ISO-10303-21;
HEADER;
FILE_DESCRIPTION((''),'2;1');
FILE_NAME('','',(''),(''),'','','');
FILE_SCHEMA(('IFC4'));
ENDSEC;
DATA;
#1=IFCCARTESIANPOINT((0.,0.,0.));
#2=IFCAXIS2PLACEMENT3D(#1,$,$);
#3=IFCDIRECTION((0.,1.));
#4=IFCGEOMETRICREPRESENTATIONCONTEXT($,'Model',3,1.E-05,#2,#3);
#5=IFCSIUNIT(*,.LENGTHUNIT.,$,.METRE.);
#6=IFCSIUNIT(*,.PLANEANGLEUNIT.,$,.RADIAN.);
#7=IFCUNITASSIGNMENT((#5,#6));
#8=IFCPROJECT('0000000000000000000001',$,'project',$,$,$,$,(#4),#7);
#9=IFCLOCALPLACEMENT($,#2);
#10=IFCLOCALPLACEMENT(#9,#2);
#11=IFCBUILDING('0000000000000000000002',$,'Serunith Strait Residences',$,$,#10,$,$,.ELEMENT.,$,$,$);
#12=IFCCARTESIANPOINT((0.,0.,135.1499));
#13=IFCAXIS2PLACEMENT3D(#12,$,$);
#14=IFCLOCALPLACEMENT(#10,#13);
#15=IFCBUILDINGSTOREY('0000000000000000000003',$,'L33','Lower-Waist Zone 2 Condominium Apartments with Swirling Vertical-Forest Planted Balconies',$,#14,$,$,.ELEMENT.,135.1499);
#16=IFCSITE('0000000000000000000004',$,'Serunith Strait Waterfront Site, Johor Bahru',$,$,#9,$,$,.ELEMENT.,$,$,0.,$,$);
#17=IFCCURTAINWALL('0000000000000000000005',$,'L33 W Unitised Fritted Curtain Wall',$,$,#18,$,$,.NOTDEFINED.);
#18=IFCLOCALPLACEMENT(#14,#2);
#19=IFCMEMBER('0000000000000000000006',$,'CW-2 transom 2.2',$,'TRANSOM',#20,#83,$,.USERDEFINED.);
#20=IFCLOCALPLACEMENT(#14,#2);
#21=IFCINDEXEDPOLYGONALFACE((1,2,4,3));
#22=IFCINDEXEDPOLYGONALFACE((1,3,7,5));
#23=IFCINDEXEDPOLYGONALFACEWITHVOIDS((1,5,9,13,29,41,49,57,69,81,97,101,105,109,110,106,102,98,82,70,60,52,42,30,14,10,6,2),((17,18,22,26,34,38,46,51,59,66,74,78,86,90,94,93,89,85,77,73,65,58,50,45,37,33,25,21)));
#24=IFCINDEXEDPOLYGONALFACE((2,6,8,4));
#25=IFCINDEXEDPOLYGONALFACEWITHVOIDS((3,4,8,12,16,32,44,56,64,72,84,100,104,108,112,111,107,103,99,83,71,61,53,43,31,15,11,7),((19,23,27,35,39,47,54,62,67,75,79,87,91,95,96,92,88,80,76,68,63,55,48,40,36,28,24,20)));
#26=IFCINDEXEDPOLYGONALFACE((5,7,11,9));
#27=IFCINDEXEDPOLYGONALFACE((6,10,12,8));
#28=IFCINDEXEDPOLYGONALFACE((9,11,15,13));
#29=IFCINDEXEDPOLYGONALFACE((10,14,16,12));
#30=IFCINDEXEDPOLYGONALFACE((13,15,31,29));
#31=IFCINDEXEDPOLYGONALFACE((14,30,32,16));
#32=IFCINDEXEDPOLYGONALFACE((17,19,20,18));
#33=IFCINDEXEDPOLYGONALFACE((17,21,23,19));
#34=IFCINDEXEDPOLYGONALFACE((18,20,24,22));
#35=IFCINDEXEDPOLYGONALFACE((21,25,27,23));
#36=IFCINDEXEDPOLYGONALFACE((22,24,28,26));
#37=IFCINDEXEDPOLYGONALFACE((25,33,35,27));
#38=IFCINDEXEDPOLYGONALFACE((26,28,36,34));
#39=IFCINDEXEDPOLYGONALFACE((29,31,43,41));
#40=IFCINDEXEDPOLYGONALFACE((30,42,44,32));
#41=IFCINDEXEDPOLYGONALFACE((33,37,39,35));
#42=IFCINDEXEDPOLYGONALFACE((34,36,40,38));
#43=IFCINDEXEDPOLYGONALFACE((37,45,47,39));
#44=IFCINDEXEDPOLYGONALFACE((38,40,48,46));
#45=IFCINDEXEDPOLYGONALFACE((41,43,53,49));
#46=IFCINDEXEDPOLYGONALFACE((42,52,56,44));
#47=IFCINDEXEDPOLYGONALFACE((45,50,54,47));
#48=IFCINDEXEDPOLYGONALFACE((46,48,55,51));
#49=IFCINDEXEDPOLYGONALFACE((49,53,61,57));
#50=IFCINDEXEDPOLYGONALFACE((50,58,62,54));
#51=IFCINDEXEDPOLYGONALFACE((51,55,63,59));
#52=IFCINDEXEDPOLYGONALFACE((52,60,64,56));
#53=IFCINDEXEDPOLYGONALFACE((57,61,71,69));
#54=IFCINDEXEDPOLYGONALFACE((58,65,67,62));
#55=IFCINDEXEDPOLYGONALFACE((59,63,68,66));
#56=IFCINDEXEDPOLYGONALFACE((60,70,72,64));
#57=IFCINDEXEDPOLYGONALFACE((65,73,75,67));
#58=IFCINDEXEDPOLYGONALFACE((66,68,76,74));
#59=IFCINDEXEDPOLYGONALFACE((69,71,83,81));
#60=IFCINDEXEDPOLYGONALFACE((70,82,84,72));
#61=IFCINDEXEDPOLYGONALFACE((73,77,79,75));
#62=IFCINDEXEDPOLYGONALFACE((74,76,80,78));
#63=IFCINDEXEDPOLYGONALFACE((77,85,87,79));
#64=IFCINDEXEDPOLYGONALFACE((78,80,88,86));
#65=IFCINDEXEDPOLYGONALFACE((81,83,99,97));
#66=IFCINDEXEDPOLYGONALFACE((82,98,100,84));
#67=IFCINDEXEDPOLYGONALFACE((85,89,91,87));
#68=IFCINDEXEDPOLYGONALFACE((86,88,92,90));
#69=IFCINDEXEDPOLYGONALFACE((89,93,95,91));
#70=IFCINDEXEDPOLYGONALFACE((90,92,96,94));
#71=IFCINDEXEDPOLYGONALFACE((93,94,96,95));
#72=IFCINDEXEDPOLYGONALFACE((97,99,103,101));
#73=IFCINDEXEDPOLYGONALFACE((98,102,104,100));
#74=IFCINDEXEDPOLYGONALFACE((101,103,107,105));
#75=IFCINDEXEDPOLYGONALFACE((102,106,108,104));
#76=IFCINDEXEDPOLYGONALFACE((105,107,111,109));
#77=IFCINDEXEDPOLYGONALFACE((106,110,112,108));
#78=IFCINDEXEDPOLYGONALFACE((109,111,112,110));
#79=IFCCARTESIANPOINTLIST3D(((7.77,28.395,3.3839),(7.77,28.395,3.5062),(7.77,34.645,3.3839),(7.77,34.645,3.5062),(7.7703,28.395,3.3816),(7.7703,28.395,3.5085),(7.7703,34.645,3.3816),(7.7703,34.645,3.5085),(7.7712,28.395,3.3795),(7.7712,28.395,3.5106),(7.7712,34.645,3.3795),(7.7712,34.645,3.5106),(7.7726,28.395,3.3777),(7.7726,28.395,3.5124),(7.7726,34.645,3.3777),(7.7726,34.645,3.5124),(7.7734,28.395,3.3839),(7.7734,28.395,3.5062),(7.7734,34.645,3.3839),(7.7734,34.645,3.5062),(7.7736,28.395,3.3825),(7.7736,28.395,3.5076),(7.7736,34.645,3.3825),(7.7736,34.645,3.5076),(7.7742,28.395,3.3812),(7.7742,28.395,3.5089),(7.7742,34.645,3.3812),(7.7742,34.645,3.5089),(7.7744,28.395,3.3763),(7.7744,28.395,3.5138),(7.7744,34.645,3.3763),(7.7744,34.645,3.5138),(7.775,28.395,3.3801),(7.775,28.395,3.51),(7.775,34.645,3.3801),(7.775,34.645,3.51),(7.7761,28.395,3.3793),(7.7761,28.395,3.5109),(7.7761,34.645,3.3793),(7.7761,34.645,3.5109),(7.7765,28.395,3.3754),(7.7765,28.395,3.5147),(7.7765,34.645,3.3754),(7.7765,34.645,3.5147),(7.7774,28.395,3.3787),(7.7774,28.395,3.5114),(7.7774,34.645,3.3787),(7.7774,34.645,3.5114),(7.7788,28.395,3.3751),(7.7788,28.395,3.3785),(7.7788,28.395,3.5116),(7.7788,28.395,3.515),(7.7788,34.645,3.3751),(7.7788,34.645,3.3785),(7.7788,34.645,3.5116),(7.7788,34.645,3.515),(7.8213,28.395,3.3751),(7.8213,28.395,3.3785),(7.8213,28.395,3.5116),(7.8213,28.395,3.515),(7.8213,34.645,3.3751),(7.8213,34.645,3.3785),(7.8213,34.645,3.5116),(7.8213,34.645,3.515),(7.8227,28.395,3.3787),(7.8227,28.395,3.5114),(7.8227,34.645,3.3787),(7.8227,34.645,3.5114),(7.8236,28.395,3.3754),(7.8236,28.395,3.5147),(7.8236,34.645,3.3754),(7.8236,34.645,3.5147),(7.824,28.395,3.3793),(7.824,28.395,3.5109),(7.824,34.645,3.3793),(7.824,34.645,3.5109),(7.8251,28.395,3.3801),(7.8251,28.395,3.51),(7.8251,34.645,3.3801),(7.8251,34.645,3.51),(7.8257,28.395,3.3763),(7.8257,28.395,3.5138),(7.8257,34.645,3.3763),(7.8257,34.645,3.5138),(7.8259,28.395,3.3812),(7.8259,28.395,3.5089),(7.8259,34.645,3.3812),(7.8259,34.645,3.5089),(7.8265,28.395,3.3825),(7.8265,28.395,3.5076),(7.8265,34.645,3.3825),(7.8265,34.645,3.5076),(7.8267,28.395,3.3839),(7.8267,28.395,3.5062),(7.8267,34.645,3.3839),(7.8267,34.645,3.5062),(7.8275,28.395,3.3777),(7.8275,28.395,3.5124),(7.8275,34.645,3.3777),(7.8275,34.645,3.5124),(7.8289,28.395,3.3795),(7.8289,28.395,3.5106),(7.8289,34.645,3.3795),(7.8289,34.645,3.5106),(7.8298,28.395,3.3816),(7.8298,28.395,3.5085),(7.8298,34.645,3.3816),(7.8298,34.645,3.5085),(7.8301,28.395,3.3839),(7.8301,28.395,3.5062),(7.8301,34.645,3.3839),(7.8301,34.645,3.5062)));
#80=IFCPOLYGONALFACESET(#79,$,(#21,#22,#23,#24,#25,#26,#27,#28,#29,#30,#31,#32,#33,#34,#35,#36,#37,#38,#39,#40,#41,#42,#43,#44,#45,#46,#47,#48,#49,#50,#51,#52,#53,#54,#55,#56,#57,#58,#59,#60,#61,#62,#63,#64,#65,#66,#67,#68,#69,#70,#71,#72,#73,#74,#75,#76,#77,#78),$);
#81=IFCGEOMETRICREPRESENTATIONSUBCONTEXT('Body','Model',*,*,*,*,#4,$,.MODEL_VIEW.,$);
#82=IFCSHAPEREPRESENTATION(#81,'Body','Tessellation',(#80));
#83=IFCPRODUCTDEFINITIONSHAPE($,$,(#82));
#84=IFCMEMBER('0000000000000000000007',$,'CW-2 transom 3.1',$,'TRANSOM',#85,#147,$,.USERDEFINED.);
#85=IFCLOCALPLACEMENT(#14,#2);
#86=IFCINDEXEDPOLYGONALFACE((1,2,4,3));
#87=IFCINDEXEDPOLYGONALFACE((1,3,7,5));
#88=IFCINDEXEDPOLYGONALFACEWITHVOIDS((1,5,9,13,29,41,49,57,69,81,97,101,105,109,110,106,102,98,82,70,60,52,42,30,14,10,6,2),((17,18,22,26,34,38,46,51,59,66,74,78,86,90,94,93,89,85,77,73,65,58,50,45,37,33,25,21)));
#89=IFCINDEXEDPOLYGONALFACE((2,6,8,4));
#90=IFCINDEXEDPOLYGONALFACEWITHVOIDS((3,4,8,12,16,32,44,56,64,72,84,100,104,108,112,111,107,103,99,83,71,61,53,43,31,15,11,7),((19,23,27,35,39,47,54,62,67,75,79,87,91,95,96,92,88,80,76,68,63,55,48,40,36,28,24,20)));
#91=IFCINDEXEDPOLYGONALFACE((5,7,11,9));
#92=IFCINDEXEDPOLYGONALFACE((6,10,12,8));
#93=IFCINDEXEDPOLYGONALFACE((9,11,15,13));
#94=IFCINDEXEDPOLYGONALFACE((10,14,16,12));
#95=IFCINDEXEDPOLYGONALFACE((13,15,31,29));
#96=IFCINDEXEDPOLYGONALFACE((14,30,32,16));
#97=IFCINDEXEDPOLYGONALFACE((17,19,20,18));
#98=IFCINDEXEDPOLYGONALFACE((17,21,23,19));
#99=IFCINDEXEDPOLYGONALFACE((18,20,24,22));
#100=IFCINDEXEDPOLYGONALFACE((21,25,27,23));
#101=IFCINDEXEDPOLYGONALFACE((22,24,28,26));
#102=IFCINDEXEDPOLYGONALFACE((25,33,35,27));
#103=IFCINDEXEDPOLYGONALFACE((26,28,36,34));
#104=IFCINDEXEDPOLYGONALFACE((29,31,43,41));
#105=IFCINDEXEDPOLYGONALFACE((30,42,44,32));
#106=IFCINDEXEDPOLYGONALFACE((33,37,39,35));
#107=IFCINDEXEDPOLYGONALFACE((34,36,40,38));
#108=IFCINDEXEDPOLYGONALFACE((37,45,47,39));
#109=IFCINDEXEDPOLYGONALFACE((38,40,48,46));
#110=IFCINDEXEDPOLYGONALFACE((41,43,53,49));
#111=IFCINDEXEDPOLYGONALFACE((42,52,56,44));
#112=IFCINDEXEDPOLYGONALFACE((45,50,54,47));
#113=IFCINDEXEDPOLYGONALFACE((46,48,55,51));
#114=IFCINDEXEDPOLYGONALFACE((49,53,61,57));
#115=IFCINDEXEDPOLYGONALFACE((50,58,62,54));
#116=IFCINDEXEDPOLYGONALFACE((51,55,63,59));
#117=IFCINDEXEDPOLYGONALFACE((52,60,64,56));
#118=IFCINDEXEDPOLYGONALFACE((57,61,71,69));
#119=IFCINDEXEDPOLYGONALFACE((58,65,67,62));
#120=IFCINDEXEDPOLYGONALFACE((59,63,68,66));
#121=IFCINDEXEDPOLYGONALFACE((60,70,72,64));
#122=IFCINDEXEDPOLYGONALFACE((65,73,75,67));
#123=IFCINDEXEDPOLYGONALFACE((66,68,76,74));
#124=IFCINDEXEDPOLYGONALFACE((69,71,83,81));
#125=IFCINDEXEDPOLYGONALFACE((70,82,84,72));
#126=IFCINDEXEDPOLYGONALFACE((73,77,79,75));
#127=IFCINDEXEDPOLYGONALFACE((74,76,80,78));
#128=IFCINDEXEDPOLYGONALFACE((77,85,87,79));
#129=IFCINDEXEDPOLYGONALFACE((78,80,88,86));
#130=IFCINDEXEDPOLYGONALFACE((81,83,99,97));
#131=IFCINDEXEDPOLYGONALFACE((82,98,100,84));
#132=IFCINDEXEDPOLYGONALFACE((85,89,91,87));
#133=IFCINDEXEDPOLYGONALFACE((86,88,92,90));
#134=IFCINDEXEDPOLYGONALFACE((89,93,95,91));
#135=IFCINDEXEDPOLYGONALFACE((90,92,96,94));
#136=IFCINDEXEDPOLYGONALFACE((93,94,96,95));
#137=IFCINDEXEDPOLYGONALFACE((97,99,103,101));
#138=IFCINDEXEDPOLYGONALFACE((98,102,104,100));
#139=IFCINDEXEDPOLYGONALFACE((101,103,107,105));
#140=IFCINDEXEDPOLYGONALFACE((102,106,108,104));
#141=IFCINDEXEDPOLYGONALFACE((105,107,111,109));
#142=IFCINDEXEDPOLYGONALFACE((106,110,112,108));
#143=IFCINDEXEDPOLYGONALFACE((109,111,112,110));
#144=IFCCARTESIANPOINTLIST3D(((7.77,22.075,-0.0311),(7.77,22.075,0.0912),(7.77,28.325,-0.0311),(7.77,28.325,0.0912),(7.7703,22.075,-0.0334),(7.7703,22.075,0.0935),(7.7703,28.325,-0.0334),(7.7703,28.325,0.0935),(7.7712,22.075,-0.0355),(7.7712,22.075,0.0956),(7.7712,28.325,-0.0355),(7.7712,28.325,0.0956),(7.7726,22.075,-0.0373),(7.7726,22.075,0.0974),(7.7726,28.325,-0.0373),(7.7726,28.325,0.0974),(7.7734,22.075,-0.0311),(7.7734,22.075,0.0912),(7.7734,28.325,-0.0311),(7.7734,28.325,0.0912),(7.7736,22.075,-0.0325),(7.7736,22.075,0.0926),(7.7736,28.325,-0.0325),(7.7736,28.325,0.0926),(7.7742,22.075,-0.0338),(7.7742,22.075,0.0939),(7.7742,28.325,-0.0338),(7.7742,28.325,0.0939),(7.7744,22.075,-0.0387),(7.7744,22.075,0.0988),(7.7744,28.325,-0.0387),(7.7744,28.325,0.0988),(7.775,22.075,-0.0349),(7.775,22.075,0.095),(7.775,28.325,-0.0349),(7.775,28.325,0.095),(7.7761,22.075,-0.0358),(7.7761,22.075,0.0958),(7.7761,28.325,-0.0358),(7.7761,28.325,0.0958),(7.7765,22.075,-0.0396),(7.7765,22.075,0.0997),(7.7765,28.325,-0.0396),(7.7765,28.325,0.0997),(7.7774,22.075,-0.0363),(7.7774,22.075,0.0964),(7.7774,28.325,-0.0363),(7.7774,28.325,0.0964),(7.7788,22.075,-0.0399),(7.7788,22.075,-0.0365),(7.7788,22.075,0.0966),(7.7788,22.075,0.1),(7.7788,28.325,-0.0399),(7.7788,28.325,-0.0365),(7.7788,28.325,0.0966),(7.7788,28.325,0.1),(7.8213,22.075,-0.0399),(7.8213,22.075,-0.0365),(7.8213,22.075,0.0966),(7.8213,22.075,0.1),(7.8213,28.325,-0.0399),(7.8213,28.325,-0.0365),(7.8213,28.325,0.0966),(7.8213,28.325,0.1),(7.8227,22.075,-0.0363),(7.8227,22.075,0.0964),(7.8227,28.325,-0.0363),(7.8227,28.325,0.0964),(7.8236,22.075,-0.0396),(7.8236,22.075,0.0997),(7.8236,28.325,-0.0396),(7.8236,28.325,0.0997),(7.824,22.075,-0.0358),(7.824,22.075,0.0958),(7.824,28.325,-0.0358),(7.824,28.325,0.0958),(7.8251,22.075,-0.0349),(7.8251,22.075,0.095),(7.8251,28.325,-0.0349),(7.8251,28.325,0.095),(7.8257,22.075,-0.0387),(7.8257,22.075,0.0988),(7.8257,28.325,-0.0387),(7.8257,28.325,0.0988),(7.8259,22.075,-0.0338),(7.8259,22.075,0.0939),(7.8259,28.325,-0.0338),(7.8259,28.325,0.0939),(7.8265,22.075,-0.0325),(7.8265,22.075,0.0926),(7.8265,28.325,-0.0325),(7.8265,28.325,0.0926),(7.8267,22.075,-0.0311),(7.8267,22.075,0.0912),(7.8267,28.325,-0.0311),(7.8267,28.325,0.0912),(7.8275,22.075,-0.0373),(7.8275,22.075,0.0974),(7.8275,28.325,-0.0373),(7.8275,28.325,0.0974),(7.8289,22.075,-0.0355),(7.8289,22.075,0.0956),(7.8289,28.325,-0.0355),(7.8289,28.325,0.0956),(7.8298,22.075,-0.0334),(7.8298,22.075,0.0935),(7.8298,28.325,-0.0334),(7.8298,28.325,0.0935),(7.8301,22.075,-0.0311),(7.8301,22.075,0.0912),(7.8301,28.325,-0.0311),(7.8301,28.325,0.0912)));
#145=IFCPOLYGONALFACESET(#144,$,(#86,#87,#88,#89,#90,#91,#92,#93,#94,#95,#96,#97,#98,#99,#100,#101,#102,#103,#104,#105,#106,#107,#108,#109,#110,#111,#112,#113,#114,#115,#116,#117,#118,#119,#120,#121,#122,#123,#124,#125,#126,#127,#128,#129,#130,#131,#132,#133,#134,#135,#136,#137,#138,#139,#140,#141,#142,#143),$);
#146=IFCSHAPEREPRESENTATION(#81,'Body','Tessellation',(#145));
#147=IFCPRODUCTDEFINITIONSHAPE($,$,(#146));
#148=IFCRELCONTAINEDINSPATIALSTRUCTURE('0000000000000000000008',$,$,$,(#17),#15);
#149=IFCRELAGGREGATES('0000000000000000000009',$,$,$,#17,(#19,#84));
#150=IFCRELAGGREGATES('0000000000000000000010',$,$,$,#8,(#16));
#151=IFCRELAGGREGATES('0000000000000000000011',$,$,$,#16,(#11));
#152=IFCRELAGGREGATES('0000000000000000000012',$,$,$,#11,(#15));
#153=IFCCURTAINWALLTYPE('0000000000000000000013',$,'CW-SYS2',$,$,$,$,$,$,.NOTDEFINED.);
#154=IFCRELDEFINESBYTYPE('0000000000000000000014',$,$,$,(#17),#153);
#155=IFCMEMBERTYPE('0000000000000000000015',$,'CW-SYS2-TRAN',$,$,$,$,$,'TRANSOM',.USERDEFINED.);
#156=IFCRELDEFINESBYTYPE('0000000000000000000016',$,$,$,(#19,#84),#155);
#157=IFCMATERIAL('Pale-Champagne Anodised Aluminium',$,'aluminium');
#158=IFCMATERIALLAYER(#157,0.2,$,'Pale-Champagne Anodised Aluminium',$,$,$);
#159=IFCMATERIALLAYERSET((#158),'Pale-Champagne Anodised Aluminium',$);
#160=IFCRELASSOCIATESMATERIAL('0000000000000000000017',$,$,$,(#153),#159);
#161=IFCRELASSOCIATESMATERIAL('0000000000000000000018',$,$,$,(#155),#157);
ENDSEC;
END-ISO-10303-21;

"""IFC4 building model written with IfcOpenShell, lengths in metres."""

from ifc_helpers import new_model, si_unit, direction, frame, origin, origin_2d, place, context, subcontext, project, spatial, hollow_rectangle, extrude, source, transform, mapped, material, layer, layer_set, material_profile, profile_set, type_object, element, aggregate, save


model = new_model("IFC4")

# Units and contexts
model_context = context("Model", 3, precision=1e-05, world=origin(), true_north=direction((0.0, 1.0)))
body_context = subcontext(model_context, "Body", "Model", "MODEL_VIEW")
ifc_project = project(units=[si_unit("LENGTHUNIT", "METRE"), si_unit("PLANEANGLEUNIT", "RADIAN")], contexts=[model_context])

# Site, building, storey
site_placement = place(None, origin())
site = spatial("IfcSite", under=ifc_project, at=site_placement, Name="Serunith Strait Waterfront Site, Johor Bahru", CompositionType="ELEMENT", RefElevation=0.0)
building_placement = place(site_placement, origin())
building = spatial("IfcBuilding", under=site, at=building_placement, Name="Serunith Strait Residences", CompositionType="ELEMENT")
storey_placement = place(building_placement, frame((0.0, 0.0, 135.1499)))
storey = spatial("IfcBuildingStorey", under=building, at=storey_placement, Name="L33", Description="Lower-Waist Zone 2 Condominium Apartments with Swirling Vertical-Forest Planted Balconies", CompositionType="ELEMENT", Elevation=135.1499)

# Curtain wall, members
ifc_material_1 = material(Name="Pale-Champagne Anodised Aluminium", Category="aluminium")
ifc_layer_1 = layer(ifc_material_1, 0.2, Name="Pale-Champagne Anodised Aluminium")
ifc_layer_set_1 = layer_set([ifc_layer_1], Name="Pale-Champagne Anodised Aluminium")
curtain_wall_type = type_object("IfcCurtainWallType", Name="CW-SYS2", PredefinedType="NOTDEFINED", material=ifc_layer_set_1)
curtain_wall_placement = place(storey_placement, origin())
curtain_wall = element("IfcCurtainWall", 1, at=curtain_wall_placement, inside=storey, type_object=curtain_wall_type, Name="L33 W Unitised Fritted Curtain Wall", PredefinedType="NOTDEFINED")
ifc_material_profile_1 = material_profile(ifc_material_1, hollow_rectangle(XDim=0.0601, YDim=0.1399, WallThickness=0.0034, InnerFilletRadius=0.0054, OuterFilletRadius=0.0088, at=origin_2d()), Name="ALU 140x60x3.5")
ifc_profile_set_1 = profile_set([ifc_material_profile_1], Name="Pale-Champagne Anodised Aluminium")
member_type_1 = type_object("IfcMemberType", Name="CW-SYS2-TRAN", ElementType="TRANSOM", PredefinedType="USERDEFINED", material=ifc_profile_set_1)
shared_shape_1 = source(origin(), body_context, "Body", "SweptSolid", [
    extrude(hollow_rectangle(XDim=0.0601, YDim=0.1399, WallThickness=0.0034, InnerFilletRadius=0.0054, OuterFilletRadius=0.0088, at=origin_2d()), origin(), (0.0, 0.0, 1.0), 6.25),
])
member_1_placement = place(storey_placement, frame((7.8, 34.645, 3.4451), z_axis=(0.0, -1.0, 0.0), x_axis=(1.0, 0.0, 0.0)))
member_1 = element("IfcMember", 2, at=member_1_placement, type_object=member_type_1, Name="CW-2 transom 2.2", ObjectType="TRANSOM", PredefinedType="USERDEFINED", context=body_context, shape_type="MappedRepresentation", body=[
    mapped(shared_shape_1, transform((0.0, 0.0, 0.0), scale=1.0)),
])
member_2_placement = place(storey_placement, frame((7.8, 28.325, 0.03), z_axis=(0.0, -1.0, 0.0), x_axis=(1.0, 0.0, 0.0)))
member_2 = element("IfcMember", 3, at=member_2_placement, type_object=member_type_1, Name="CW-2 transom 3.1", ObjectType="TRANSOM", PredefinedType="USERDEFINED", context=body_context, shape_type="MappedRepresentation", body=[
    mapped(shared_shape_1, transform((0.0, 0.0, 0.0), scale=1.0)),
])
aggregate(curtain_wall, [member_1, member_2])

save(model, "model.ifc")
